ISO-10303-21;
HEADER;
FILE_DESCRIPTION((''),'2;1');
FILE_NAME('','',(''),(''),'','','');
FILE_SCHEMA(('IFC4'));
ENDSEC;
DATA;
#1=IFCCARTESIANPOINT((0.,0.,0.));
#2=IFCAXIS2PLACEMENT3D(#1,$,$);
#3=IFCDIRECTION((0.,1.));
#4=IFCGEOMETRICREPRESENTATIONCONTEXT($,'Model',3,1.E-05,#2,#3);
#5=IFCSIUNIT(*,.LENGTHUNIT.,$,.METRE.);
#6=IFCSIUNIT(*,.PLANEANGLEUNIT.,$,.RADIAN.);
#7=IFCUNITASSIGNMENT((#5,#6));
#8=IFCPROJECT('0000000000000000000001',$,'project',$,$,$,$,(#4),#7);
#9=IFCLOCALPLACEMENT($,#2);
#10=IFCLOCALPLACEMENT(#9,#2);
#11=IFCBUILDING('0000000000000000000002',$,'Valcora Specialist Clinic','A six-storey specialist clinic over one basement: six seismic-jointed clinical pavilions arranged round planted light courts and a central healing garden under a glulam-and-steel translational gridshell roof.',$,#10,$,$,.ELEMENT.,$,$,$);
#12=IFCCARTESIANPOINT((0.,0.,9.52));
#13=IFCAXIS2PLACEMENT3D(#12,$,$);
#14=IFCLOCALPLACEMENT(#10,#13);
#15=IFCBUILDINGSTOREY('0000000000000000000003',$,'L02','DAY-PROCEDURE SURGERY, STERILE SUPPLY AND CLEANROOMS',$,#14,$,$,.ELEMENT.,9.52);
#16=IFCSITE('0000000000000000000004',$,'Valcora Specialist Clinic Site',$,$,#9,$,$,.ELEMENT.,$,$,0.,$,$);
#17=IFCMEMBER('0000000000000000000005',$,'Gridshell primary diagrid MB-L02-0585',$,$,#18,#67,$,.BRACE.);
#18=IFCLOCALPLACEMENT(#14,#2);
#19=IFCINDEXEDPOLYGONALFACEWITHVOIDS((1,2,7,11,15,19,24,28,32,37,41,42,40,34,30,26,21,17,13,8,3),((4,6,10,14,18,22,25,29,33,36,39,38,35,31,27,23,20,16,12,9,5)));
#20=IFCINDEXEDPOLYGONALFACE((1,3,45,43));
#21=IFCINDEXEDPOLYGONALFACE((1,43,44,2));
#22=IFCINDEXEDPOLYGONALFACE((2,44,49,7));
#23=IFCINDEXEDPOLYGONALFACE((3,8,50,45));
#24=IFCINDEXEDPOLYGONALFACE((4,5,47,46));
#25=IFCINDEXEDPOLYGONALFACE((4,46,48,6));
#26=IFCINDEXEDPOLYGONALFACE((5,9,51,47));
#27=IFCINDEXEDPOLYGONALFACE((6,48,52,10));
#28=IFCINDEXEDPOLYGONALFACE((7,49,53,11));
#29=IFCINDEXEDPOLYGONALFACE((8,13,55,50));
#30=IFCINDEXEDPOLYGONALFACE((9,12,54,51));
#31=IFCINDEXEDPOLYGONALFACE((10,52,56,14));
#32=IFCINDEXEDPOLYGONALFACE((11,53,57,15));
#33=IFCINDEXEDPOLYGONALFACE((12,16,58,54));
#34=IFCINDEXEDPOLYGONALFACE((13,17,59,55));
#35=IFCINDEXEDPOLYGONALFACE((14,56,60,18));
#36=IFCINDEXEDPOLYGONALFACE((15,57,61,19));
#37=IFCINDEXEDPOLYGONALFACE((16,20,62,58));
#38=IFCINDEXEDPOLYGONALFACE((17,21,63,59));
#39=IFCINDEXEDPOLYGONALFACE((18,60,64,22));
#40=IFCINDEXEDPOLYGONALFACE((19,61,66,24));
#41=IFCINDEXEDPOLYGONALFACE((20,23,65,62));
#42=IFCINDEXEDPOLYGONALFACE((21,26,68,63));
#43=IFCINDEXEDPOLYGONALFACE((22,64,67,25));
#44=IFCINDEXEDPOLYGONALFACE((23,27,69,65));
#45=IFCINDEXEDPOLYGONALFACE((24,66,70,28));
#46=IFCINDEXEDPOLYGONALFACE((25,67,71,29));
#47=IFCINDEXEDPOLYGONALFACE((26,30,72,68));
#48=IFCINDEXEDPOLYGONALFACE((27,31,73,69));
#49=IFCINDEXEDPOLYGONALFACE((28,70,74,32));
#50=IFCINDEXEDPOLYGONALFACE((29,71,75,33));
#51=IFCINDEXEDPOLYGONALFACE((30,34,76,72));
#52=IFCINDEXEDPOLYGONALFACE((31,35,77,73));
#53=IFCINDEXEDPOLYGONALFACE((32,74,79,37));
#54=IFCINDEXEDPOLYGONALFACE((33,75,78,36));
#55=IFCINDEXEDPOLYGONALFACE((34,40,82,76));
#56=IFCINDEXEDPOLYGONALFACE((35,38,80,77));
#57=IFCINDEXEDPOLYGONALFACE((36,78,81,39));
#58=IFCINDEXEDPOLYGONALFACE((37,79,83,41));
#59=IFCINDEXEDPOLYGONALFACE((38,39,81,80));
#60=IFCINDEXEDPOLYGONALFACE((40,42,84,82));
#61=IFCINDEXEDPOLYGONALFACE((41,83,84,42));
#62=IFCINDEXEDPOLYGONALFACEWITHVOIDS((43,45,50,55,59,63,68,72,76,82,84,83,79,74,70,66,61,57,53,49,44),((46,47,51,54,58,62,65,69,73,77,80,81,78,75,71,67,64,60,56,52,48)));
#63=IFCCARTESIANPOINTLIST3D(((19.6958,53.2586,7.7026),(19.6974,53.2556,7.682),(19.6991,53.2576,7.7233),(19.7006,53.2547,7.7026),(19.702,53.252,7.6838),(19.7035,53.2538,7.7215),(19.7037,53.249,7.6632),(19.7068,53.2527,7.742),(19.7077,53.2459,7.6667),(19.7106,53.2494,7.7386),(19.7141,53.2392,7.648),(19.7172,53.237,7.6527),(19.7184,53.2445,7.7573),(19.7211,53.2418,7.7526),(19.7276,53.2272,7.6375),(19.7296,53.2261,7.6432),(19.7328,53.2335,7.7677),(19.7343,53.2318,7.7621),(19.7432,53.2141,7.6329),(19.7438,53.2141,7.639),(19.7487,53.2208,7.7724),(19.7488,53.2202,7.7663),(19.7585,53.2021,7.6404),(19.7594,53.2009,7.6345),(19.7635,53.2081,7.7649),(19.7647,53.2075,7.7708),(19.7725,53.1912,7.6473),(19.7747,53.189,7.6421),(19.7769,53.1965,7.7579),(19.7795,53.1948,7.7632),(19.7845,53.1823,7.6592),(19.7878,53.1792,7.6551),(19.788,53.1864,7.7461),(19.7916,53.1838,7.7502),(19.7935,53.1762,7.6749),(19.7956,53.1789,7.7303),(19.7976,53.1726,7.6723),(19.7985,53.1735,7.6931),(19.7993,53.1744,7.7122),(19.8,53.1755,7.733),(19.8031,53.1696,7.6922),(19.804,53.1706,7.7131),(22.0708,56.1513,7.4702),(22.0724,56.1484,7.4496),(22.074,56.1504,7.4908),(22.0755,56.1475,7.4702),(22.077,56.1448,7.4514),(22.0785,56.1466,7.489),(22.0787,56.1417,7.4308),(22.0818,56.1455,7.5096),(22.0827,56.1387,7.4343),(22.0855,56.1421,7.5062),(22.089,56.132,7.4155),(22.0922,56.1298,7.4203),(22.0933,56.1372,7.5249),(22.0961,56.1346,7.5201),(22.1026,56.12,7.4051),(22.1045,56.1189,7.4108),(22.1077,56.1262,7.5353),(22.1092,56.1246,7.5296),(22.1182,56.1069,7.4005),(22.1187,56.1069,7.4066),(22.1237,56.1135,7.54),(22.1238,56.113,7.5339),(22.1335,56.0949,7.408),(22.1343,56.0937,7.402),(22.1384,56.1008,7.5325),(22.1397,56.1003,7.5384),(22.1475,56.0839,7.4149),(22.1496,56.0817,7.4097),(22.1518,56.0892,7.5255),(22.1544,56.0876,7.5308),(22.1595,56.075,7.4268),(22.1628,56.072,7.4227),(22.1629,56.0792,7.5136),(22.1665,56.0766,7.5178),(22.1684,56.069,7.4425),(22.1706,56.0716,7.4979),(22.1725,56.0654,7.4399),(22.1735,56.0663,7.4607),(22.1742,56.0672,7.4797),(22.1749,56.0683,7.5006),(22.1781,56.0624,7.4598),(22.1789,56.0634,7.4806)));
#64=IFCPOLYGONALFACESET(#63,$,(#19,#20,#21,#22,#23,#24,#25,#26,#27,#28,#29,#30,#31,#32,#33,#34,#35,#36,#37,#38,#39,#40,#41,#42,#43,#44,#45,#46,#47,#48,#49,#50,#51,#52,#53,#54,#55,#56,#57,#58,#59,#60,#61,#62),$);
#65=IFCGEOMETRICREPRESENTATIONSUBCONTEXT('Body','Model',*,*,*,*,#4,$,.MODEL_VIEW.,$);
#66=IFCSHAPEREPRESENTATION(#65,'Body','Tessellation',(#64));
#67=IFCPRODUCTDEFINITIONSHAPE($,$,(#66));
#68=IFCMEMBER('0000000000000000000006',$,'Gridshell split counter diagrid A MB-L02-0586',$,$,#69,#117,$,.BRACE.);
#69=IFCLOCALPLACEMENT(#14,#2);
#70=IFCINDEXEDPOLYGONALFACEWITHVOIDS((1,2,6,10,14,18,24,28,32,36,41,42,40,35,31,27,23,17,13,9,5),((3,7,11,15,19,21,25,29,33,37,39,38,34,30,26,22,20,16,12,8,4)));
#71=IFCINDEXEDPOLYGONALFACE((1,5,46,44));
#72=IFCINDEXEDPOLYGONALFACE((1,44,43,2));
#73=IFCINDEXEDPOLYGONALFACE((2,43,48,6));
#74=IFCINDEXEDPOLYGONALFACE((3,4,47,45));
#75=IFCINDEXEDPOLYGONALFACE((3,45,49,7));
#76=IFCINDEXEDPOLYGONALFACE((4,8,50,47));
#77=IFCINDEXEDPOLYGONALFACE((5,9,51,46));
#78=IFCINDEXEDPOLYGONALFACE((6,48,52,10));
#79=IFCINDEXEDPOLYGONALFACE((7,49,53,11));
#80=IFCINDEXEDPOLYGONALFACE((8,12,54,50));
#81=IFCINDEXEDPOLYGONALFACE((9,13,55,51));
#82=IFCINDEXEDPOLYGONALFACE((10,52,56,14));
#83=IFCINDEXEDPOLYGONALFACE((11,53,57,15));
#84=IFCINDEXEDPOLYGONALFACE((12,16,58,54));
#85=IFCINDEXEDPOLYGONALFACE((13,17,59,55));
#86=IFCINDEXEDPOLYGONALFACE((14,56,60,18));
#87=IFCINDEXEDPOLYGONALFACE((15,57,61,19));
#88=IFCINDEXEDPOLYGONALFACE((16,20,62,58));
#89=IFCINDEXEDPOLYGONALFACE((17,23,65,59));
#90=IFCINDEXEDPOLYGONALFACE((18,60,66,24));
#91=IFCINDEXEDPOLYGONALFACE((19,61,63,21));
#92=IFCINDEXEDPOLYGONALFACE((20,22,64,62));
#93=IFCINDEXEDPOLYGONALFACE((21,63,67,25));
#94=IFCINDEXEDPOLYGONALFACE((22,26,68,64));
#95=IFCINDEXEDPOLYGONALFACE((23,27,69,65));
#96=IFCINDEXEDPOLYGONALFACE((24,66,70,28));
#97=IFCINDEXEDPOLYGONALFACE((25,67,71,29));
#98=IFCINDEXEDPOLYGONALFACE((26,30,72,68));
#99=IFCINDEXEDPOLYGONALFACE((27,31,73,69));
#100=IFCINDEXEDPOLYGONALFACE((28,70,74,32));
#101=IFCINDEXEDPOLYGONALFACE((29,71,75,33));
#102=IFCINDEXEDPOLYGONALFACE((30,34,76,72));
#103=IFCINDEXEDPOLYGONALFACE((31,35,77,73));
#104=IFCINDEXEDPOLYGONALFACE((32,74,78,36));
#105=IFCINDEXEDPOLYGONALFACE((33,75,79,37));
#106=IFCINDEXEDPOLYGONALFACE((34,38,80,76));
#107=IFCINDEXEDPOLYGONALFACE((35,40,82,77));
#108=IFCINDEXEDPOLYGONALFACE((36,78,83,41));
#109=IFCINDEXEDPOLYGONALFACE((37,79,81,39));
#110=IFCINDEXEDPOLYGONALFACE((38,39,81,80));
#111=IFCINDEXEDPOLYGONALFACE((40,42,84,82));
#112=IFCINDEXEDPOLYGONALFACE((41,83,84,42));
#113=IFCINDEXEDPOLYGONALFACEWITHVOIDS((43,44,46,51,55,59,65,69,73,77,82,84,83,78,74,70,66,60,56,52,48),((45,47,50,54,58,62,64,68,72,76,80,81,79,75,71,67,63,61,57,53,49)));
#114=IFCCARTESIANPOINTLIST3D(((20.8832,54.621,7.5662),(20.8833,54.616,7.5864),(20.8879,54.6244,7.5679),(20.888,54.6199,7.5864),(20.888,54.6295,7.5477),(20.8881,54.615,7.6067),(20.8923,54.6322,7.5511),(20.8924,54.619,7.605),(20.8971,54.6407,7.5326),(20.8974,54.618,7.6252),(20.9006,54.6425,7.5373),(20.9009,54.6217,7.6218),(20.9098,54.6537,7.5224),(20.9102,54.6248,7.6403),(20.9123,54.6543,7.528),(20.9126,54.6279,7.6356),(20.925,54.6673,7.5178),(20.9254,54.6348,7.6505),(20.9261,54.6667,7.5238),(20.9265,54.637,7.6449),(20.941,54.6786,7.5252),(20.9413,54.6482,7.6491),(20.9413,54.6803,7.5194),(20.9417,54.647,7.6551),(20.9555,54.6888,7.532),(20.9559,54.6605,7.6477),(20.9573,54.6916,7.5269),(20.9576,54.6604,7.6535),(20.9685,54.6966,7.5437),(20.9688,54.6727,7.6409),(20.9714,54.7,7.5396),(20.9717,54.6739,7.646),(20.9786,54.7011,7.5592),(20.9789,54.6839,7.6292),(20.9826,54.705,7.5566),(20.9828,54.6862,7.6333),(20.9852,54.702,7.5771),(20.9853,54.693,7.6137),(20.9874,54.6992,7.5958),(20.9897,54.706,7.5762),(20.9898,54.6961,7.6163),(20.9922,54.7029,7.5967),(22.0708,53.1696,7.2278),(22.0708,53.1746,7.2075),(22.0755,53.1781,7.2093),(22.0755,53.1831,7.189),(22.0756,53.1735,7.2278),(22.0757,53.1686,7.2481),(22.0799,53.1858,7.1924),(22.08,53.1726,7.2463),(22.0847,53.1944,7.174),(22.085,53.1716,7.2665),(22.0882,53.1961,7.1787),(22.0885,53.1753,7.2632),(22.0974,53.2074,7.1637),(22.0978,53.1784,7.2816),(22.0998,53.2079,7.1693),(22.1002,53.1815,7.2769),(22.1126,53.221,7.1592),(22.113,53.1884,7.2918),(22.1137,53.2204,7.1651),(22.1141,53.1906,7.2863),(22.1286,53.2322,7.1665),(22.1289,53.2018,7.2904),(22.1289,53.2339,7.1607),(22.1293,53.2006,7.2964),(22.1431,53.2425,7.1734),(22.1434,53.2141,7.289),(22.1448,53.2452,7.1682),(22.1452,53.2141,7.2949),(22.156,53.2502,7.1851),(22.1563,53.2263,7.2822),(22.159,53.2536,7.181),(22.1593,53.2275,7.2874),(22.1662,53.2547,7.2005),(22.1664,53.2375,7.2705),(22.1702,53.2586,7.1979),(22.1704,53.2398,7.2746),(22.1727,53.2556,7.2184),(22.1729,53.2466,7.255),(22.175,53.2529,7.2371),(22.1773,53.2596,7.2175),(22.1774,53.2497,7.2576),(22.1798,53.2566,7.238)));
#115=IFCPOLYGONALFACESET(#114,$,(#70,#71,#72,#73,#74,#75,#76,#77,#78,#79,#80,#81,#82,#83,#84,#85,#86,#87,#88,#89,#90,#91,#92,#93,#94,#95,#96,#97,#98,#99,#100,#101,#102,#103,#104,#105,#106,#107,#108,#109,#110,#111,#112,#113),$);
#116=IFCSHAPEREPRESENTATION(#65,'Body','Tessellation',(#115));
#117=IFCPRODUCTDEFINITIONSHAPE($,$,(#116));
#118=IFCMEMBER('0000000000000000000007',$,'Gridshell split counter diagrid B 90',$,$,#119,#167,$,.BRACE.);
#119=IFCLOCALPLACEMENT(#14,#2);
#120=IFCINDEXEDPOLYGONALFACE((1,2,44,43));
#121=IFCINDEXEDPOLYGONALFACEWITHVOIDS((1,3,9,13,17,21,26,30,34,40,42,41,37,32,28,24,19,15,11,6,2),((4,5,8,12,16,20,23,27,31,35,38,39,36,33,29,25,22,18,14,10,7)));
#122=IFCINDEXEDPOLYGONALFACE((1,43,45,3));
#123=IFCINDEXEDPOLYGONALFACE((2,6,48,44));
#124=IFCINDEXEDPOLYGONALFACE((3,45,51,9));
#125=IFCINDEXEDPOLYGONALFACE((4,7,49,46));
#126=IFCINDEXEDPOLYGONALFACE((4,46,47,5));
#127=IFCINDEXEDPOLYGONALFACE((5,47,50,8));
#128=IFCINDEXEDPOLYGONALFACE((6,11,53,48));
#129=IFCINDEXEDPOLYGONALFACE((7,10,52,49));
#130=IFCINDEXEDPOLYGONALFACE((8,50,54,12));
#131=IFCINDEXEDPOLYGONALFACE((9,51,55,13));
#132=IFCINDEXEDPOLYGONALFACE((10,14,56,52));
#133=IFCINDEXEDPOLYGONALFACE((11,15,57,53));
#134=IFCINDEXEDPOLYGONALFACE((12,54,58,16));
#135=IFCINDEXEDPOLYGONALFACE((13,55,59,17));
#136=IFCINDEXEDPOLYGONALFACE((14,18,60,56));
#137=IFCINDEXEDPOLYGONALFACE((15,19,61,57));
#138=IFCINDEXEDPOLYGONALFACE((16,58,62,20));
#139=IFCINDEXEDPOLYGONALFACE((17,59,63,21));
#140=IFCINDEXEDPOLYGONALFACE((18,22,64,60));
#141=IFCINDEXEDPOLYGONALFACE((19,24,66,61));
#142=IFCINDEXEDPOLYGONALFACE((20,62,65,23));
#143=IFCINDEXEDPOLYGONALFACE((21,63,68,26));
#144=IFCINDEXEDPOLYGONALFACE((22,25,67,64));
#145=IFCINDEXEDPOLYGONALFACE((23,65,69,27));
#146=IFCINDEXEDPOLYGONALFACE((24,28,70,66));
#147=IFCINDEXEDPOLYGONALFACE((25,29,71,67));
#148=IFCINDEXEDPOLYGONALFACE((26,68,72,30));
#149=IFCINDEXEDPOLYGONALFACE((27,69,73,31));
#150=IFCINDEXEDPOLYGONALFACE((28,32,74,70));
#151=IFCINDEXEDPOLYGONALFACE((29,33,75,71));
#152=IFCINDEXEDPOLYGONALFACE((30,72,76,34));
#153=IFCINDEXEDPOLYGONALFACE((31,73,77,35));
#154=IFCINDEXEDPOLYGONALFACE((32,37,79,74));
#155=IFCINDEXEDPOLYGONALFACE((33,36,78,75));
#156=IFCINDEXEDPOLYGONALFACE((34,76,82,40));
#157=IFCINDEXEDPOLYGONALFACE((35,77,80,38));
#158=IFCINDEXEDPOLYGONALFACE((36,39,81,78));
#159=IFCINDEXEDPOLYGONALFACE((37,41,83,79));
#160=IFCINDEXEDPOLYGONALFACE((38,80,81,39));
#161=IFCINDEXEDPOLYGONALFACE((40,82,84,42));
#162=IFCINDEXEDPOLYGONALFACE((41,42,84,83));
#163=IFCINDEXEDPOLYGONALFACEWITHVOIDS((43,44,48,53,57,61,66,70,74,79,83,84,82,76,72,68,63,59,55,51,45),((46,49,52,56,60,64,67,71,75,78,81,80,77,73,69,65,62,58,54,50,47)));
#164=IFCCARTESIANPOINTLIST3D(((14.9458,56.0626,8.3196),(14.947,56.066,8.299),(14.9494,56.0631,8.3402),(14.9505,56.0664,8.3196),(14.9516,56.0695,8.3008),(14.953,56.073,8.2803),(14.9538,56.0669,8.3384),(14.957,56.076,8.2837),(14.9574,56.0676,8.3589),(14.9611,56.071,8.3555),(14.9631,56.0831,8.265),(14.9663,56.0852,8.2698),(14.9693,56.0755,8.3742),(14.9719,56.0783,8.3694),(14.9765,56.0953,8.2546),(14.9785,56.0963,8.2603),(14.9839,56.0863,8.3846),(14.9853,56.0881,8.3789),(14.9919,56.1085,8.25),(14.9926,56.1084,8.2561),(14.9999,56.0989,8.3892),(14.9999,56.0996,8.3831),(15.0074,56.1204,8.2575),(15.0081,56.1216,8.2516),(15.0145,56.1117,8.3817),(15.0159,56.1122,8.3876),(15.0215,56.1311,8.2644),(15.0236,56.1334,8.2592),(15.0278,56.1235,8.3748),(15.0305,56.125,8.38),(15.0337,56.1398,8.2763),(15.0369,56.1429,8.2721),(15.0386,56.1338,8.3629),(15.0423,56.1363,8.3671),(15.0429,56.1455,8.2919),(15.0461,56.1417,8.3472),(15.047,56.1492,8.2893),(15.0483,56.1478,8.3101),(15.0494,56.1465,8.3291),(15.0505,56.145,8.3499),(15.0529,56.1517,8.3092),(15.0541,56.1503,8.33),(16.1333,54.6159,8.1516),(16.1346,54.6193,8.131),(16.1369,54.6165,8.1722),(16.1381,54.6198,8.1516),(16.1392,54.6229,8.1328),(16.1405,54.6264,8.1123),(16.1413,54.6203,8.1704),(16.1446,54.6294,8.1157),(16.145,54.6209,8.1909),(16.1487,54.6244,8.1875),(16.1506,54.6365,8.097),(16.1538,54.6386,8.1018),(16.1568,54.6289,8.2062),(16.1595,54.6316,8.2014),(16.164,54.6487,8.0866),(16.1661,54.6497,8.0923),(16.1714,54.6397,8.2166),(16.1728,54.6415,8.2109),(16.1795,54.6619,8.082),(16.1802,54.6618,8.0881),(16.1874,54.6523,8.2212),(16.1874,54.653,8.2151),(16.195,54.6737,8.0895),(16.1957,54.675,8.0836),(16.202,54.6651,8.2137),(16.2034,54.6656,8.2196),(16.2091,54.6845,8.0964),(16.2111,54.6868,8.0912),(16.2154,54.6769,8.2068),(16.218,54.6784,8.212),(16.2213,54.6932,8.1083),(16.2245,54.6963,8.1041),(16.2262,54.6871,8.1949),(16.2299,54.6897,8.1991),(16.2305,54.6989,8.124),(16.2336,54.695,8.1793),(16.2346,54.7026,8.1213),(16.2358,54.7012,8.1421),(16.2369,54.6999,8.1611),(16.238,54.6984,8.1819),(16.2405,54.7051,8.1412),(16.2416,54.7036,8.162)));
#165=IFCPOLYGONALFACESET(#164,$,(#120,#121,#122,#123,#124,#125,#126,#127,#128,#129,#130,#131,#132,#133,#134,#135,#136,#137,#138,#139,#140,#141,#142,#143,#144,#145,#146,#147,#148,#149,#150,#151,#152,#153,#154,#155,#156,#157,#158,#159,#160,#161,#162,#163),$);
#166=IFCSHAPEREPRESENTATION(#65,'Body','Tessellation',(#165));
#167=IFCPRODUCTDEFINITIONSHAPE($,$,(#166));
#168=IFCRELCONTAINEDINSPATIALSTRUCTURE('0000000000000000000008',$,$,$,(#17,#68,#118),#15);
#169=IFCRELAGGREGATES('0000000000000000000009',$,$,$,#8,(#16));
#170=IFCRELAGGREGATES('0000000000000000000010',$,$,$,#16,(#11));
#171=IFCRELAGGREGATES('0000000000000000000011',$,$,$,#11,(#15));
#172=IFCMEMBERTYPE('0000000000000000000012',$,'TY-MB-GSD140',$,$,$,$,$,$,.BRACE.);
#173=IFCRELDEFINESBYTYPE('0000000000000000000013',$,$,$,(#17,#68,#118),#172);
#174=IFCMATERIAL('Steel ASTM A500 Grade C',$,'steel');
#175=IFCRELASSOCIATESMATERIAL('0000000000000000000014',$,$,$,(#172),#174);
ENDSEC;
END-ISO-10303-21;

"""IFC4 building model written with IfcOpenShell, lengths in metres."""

from ifc_helpers import new_model, si_unit, direction, frame, origin, origin_2d, place, context, subcontext, project, spatial, hollow_circle, extrude, material, material_profile, profile_set, type_object, element, save


model = new_model("IFC4")

# Units and contexts
model_context = context("Model", 3, precision=1e-05, world=origin(), true_north=direction((0.0, 1.0)))
body_context = subcontext(model_context, "Body", "Model", "MODEL_VIEW")
ifc_project = project(units=[si_unit("LENGTHUNIT", "METRE"), si_unit("PLANEANGLEUNIT", "RADIAN")], contexts=[model_context])

# Site, building, storey
site_placement = place(None, origin())
site = spatial("IfcSite", under=ifc_project, at=site_placement, Name="Valcora Specialist Clinic Site", CompositionType="ELEMENT", RefElevation=0.0)
building_placement = place(site_placement, origin())
building = spatial("IfcBuilding", under=site, at=building_placement, Name="Valcora Specialist Clinic", Description="A six-storey specialist clinic over one basement: six seismic-jointed clinical pavilions arranged round planted light courts and a central healing garden under a glulam-and-steel translational gridshell roof.", CompositionType="ELEMENT")
storey_placement = place(building_placement, frame((0.0, 0.0, 9.52)))
storey = spatial("IfcBuildingStorey", under=building, at=storey_placement, Name="L02", Description="DAY-PROCEDURE SURGERY, STERILE SUPPLY AND CLEANROOMS", CompositionType="ELEMENT", Elevation=9.52)

# Members
ifc_material_1 = material(Name="Steel ASTM A500 Grade C", Category="steel")
ifc_material_profile_1 = material_profile(ifc_material_1, hollow_circle(Radius=0.0701, WallThickness=0.0061, at=origin_2d()), Name="ST-CHS-140X6")
ifc_profile_set_1 = profile_set([ifc_material_profile_1], Name="Steel ASTM A500 Grade C")
member_type_1 = type_object("IfcMemberType", Name="TY-MB-GSD140", PredefinedType="BRACE", material=ifc_profile_set_1)
member_1_placement = place(storey_placement, frame((19.75, 53.2141, 7.7026), z_axis=(0.633321, 0.771404, -0.061978), x_axis=(-0.77289, 0.63454, 0.0)))
element("IfcMember", 1, at=member_1_placement, inside=storey, type_object=member_type_1, Name="Gridshell primary diagrid MB-L02-0585", PredefinedType="BRACE", context=body_context, shape_type="SweptSolid", body=[
    extrude(hollow_circle(Radius=0.0701, WallThickness=0.0061, at=origin_2d()), origin(), (0.0, 0.0, 1.0), 3.75),
])
member_2_placement = place(storey_placement, frame((22.125, 53.2141, 7.2278), z_axis=(-0.62323, 0.759049, 0.188225), x_axis=(-0.772863, -0.634572, 0.0)))
element("IfcMember", 2, at=member_2_placement, inside=storey, type_object=member_type_1, Name="Gridshell split counter diagrid A MB-L02-0586", PredefinedType="BRACE", context=body_context, shape_type="SweptSolid", body=[
    extrude(hollow_circle(Radius=0.0701, WallThickness=0.0061, at=origin_2d()), origin(), (0.0, 0.0, 1.0), 1.9055),
])
member_3_placement = place(storey_placement, frame((16.1875, 54.6604, 8.1516), z_axis=(-0.631968, 0.769822, 0.08939), x_axis=(-0.772916, -0.634508, 0.0)))
element("IfcMember", 3, at=member_3_placement, inside=storey, type_object=member_type_1, Name="Gridshell split counter diagrid B 90", PredefinedType="BRACE", context=body_context, shape_type="SweptSolid", body=[
    extrude(hollow_circle(Radius=0.0701, WallThickness=0.0061, at=origin_2d()), origin(), (0.0, 0.0, 1.0), 1.8792),
])

save(model, "model.ifc")
